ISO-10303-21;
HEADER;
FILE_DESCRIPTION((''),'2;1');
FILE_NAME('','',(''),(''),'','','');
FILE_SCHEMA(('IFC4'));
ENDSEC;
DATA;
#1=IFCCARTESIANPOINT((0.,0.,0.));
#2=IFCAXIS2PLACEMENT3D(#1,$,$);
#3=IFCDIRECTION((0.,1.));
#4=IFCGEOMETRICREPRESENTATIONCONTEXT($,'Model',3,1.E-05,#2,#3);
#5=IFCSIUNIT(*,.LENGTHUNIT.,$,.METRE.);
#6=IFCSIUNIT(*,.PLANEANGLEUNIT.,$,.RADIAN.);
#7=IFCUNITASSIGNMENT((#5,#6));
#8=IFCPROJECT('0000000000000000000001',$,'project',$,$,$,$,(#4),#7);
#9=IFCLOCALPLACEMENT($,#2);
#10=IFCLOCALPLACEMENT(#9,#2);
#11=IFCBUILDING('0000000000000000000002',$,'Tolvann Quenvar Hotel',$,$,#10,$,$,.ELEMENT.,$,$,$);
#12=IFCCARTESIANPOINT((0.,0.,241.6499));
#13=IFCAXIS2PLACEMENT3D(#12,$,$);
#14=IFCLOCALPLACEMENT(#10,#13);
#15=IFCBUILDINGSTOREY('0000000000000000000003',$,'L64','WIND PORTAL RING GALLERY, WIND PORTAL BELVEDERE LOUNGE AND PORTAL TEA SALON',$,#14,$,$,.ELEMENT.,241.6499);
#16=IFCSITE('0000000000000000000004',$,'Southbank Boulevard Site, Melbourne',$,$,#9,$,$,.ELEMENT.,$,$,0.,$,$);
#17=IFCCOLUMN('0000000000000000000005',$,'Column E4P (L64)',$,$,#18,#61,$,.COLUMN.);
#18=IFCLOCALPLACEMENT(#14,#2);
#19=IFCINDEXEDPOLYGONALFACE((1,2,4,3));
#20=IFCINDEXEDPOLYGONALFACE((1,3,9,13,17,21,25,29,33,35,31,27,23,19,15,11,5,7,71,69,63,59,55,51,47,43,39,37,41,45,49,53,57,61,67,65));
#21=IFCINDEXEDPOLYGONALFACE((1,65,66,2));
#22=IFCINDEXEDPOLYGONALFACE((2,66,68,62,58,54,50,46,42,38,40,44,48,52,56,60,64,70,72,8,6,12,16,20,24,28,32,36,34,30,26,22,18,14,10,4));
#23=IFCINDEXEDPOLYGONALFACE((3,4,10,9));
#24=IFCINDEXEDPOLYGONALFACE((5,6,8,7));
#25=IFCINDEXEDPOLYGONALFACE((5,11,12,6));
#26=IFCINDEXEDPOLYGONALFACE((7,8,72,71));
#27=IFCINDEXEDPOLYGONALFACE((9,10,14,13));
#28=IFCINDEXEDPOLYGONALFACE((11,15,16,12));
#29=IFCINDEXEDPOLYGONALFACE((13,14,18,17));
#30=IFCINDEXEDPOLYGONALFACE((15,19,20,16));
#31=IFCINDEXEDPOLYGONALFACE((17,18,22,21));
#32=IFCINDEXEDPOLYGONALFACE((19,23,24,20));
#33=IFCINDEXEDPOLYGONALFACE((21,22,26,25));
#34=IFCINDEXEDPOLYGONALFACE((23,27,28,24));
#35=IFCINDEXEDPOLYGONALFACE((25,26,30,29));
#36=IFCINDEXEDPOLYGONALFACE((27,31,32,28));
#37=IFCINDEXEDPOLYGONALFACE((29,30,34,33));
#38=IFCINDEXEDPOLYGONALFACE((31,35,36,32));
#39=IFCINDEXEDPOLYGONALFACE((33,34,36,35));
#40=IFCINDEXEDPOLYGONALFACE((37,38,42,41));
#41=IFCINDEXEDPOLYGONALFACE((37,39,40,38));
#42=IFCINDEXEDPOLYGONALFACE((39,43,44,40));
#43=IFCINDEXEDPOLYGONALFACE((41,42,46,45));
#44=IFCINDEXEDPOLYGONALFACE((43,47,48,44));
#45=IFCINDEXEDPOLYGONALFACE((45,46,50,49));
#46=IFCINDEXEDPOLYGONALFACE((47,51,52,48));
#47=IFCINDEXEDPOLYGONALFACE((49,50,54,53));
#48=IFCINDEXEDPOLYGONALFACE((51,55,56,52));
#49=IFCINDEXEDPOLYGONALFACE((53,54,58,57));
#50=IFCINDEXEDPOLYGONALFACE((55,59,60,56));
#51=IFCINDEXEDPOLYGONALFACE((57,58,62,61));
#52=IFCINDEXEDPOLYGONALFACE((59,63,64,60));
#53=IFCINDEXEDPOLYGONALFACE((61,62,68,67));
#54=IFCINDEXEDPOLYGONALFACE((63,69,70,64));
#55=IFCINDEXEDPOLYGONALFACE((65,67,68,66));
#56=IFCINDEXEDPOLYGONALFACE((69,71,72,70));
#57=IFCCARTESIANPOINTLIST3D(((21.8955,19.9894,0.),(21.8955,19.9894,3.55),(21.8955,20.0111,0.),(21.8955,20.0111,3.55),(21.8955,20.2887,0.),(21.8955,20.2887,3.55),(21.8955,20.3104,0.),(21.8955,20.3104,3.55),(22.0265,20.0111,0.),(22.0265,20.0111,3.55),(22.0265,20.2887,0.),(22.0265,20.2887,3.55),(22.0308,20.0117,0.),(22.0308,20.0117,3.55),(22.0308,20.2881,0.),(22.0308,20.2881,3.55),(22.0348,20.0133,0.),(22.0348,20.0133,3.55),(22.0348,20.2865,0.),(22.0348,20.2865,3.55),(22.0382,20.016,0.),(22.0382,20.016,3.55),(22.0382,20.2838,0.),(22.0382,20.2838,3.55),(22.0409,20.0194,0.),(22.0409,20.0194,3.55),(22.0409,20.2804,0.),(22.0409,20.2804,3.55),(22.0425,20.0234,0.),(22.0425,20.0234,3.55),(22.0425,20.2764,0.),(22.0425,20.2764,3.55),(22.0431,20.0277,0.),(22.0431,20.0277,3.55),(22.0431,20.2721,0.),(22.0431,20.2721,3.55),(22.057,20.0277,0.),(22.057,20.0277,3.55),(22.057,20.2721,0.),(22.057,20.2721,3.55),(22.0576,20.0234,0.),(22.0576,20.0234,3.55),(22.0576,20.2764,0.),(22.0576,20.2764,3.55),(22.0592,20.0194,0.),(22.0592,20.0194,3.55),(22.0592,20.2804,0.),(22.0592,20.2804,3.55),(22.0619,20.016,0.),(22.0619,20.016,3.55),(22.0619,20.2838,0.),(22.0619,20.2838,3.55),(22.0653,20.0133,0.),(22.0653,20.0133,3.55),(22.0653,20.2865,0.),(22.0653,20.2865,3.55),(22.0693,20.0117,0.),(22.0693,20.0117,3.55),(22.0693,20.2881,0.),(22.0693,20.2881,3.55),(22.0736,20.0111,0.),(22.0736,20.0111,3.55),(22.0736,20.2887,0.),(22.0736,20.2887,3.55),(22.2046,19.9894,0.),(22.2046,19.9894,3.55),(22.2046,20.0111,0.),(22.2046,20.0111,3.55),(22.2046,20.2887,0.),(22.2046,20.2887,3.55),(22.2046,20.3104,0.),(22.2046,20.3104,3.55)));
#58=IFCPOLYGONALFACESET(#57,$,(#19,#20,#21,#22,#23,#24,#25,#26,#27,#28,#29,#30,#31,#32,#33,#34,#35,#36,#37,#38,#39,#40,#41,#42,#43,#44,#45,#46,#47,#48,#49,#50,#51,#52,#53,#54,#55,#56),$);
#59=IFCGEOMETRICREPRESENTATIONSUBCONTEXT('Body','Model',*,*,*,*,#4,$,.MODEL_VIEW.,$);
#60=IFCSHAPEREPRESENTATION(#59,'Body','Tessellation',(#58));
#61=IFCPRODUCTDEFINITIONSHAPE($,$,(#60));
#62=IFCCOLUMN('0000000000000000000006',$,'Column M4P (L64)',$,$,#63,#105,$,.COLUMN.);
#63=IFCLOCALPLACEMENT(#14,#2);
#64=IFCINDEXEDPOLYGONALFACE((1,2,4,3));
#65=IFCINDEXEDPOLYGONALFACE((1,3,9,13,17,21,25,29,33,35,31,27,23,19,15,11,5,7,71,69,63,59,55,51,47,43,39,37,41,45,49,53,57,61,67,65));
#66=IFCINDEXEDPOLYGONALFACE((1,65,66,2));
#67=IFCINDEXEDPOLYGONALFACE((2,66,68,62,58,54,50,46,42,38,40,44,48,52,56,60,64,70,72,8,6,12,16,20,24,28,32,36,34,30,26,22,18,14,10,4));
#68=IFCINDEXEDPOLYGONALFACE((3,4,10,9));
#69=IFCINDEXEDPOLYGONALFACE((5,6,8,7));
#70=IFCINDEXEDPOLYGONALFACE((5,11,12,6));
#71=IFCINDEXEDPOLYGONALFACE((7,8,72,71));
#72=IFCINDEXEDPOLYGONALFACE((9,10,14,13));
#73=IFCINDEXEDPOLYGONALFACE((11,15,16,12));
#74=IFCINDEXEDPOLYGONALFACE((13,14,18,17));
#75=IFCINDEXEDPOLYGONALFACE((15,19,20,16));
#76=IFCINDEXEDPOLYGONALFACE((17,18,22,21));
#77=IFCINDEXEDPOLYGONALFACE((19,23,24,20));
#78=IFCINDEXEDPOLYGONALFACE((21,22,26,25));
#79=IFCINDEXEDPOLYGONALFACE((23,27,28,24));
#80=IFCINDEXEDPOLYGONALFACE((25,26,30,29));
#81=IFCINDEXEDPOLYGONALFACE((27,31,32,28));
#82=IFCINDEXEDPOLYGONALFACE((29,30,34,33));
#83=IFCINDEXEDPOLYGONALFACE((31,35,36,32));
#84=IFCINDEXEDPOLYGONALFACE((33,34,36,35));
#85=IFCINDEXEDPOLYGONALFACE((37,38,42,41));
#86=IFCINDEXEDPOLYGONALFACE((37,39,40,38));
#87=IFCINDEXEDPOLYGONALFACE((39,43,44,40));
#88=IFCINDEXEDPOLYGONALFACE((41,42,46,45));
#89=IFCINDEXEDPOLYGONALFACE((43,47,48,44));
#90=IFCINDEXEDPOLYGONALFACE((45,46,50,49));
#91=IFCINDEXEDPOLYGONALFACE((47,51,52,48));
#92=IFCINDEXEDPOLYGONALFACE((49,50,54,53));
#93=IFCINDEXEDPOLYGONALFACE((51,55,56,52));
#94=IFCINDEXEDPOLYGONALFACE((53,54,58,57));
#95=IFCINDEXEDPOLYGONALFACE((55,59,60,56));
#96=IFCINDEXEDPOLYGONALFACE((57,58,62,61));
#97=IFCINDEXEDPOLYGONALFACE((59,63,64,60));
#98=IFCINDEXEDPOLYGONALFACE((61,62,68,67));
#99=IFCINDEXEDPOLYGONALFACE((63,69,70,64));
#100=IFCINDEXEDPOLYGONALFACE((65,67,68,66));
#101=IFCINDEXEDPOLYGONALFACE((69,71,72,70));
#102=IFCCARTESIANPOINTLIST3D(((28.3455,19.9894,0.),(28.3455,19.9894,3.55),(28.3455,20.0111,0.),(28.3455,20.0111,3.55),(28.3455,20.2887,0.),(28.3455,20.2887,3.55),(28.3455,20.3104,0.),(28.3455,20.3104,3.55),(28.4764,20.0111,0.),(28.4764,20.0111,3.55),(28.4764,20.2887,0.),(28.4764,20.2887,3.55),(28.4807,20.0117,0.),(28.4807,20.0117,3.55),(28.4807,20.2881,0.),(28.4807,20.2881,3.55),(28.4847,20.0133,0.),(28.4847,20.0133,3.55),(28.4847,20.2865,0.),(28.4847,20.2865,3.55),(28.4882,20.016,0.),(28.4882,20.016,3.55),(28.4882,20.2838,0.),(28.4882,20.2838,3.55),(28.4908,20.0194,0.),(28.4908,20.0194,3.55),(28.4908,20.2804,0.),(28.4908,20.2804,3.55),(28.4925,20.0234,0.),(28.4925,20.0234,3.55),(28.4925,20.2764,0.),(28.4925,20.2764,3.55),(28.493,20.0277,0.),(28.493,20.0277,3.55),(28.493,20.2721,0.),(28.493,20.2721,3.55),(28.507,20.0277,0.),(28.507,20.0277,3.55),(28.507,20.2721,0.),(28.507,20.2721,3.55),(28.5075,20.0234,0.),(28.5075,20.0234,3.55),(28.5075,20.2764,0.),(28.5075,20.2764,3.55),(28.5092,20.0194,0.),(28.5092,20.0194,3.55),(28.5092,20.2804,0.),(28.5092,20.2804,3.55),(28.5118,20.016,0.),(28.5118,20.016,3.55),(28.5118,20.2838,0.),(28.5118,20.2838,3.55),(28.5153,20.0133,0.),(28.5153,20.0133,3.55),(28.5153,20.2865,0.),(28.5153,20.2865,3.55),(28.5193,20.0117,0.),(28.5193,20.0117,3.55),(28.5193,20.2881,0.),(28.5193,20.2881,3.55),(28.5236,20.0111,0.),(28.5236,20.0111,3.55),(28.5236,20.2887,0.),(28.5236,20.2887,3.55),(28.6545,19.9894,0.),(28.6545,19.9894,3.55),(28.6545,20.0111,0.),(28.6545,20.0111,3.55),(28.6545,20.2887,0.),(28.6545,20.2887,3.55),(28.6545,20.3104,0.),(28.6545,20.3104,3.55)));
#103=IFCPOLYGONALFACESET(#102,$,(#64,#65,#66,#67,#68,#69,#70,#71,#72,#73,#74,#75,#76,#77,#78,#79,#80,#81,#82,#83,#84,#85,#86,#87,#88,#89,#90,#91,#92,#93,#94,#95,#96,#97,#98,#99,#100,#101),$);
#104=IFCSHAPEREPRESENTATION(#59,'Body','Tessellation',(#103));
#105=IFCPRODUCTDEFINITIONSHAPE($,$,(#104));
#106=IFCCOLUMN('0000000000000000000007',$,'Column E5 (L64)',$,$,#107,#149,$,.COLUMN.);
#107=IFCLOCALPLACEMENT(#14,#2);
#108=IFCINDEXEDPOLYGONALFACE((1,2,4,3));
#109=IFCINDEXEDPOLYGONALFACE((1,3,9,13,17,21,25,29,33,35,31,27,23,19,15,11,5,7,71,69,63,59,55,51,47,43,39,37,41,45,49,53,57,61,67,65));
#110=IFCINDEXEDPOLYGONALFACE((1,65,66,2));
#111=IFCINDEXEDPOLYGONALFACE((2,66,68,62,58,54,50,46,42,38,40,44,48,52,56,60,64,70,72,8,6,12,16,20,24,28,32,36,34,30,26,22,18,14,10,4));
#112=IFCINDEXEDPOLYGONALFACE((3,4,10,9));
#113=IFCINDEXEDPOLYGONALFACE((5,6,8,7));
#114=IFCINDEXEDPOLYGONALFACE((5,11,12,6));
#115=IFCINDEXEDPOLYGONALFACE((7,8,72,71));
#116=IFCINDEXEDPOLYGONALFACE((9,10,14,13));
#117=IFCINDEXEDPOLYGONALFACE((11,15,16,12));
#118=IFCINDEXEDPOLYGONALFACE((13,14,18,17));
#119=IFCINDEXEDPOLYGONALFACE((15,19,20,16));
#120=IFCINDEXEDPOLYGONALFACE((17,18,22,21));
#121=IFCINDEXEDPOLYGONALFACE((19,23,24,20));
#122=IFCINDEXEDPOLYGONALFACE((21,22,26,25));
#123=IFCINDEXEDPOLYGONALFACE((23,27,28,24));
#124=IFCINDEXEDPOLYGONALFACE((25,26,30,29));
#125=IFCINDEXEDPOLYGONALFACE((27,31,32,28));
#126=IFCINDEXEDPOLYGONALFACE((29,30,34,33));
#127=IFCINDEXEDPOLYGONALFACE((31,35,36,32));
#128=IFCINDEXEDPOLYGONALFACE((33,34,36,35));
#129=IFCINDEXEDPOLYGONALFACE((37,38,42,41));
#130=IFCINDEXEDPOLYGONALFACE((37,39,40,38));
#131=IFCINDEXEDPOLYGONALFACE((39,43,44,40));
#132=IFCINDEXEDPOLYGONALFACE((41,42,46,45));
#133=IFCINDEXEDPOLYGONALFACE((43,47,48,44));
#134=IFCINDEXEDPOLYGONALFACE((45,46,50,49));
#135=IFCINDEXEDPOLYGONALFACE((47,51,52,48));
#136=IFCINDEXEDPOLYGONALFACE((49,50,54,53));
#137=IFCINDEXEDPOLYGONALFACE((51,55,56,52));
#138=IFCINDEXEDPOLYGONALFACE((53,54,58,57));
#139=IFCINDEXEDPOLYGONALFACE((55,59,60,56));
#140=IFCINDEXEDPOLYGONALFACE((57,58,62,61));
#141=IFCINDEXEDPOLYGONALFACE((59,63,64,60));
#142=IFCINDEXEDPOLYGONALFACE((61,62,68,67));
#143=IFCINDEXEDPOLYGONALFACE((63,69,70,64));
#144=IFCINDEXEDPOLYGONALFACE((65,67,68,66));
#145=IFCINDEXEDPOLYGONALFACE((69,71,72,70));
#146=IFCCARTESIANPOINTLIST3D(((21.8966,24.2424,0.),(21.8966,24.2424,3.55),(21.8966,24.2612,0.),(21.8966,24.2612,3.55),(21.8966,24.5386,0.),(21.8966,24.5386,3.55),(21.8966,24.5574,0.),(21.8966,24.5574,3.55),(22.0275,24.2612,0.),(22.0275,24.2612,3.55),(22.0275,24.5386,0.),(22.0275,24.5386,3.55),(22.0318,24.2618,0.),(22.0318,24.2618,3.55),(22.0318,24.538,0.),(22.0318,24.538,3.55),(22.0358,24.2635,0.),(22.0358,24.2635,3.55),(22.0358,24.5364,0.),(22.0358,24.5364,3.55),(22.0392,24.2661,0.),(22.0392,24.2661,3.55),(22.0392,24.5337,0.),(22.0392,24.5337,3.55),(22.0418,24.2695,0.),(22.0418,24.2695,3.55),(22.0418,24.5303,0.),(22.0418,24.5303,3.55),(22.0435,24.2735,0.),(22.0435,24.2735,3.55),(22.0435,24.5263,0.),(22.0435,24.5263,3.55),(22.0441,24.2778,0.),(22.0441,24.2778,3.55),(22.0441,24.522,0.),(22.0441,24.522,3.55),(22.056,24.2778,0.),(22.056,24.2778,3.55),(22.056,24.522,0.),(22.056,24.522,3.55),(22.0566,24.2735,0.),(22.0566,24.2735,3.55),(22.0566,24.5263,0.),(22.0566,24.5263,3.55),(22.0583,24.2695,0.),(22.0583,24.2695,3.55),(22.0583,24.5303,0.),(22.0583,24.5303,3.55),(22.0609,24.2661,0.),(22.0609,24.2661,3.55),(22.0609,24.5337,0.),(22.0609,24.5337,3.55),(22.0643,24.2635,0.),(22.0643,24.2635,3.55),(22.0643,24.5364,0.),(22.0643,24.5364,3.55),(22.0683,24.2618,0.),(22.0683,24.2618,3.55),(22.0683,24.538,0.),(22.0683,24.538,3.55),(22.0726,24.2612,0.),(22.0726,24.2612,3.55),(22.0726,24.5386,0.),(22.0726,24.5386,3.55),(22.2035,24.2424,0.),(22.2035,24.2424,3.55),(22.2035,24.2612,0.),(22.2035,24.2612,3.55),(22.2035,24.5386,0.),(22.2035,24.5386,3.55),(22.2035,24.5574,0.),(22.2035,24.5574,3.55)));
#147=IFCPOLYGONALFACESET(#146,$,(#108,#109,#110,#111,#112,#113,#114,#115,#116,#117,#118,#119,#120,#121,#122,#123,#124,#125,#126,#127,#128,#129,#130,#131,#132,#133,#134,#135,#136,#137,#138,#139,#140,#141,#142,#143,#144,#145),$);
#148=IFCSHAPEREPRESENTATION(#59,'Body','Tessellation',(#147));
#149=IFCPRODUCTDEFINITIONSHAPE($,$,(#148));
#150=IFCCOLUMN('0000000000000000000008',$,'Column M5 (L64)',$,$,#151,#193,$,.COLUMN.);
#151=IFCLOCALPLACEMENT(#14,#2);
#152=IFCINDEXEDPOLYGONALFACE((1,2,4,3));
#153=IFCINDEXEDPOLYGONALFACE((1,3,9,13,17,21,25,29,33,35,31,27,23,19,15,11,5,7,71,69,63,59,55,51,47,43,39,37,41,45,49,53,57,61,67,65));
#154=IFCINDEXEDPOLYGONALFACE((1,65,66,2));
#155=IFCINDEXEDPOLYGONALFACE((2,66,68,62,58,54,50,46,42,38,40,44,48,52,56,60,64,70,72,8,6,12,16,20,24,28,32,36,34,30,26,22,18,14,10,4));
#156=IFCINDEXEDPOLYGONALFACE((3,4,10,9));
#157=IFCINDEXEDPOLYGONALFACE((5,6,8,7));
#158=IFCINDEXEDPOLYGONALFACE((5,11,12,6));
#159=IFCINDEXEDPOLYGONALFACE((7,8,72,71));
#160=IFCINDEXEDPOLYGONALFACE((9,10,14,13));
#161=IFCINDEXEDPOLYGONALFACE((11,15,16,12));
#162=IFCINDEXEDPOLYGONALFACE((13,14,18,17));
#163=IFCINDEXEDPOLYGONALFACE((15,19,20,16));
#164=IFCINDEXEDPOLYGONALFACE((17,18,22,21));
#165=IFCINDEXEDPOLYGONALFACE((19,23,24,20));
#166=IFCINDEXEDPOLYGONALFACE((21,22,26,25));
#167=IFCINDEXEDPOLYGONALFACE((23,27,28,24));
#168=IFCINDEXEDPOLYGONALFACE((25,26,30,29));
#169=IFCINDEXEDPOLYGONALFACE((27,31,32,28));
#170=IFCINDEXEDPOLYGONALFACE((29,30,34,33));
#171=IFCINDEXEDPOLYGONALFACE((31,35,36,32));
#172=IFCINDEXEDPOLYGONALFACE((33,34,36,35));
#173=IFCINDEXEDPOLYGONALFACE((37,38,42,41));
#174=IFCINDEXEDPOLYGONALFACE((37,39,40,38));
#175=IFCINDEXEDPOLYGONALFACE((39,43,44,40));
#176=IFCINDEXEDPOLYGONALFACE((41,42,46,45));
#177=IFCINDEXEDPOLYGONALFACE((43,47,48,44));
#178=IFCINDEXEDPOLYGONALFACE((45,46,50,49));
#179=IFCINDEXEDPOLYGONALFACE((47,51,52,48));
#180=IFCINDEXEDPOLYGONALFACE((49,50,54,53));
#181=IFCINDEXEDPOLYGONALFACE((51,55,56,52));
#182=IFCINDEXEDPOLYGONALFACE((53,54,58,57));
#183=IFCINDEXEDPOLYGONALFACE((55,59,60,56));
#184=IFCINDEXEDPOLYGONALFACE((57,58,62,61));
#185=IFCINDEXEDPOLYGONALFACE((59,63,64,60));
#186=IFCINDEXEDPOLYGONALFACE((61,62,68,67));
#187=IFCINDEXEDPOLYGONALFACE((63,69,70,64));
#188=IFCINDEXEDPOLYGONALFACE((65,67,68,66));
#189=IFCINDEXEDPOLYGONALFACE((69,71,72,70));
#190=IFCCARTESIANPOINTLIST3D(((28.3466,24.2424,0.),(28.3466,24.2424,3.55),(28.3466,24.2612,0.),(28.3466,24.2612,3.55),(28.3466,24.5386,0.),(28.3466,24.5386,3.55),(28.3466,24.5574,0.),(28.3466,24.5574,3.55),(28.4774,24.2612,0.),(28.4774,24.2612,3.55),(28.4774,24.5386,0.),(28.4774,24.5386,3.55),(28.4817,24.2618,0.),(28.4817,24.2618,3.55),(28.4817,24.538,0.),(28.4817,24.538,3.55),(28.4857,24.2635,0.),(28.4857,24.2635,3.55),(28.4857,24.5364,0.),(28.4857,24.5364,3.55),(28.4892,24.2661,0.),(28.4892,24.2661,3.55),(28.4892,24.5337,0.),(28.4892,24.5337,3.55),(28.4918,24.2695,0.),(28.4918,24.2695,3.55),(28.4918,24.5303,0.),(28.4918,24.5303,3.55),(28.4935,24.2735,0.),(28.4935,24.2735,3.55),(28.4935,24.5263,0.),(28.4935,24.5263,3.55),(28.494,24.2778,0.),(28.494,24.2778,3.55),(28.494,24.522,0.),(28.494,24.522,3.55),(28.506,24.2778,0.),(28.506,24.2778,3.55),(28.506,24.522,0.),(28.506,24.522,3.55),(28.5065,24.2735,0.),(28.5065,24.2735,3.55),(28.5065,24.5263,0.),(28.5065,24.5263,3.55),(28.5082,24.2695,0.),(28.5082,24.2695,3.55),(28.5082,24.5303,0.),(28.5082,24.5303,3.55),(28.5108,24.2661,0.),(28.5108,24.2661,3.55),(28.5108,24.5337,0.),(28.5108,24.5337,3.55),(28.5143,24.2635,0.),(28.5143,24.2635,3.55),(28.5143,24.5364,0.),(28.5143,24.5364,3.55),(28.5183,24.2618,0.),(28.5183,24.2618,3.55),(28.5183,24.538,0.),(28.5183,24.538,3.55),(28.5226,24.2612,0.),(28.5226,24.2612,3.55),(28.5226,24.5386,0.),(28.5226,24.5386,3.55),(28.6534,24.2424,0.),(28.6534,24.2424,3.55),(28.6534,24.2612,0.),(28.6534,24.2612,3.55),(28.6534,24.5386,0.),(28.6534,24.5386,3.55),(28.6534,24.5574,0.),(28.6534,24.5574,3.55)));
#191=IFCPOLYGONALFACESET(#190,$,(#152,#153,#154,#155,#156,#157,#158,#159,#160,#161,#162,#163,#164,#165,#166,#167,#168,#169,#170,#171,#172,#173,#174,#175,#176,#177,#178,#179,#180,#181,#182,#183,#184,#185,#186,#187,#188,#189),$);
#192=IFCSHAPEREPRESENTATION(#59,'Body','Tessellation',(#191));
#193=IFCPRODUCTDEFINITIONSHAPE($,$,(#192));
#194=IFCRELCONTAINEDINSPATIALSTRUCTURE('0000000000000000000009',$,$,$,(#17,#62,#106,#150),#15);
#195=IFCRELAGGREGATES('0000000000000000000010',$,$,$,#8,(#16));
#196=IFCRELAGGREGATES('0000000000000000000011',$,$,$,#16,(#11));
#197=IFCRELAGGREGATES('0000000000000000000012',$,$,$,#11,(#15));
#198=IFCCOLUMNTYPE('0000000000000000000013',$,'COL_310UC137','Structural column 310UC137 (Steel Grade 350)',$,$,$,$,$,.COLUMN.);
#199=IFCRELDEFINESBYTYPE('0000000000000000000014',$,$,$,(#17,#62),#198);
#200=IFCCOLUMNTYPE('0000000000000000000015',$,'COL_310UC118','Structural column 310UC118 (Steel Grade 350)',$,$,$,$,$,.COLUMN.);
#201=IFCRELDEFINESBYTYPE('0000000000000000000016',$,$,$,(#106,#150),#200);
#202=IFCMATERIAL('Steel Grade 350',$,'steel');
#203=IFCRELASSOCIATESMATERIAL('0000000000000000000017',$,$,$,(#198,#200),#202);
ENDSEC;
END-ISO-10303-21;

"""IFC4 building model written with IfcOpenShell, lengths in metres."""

from ifc_helpers import new_model, si_unit, direction, frame, origin, origin_2d, place, context, subcontext, project, spatial, i_section, extrude, source, transform, mapped, material, material_profile, profile_set, type_object, type_shapes, element, save


model = new_model("IFC4")

# Units and contexts
model_context = context("Model", 3, precision=1e-05, world=origin(), true_north=direction((0.0, 1.0)))
body_context = subcontext(model_context, "Body", "Model", "MODEL_VIEW")
ifc_project = project(units=[si_unit("LENGTHUNIT", "METRE"), si_unit("PLANEANGLEUNIT", "RADIAN")], contexts=[model_context])

# Site, building, storey
site_placement = place(None, origin())
site = spatial("IfcSite", under=ifc_project, at=site_placement, Name="Southbank Boulevard Site, Melbourne", CompositionType="ELEMENT", RefElevation=0.0)
building_placement = place(site_placement, origin())
building = spatial("IfcBuilding", under=site, at=building_placement, Name="Tolvann Quenvar Hotel", CompositionType="ELEMENT")
storey_placement = place(building_placement, frame((0.0, 0.0, 241.6499)))
storey = spatial("IfcBuildingStorey", under=building, at=storey_placement, Name="L64", Description="WIND PORTAL RING GALLERY, WIND PORTAL BELVEDERE LOUNGE AND PORTAL TEA SALON", CompositionType="ELEMENT", Elevation=241.6499)

# Columns
ifc_material_1 = material(Name="Steel Grade 350", Category="steel")
ifc_material_profile_1 = material_profile(ifc_material_1, i_section(OverallWidth=0.3091, OverallDepth=0.321, WebThickness=0.0139, FlangeThickness=0.0217, FilletRadius=0.0166, at=origin_2d()), Name="310UC137")
ifc_profile_set_1 = profile_set([ifc_material_profile_1], Name="Steel Grade 350")
column_type_1 = type_object("IfcColumnType", Name="COL_310UC137", Description="Structural column 310UC137 (Steel Grade 350)", PredefinedType="COLUMN", material=ifc_profile_set_1)
shared_shape_1 = source(origin(), body_context, "Body", "SweptSolid", [
    extrude(i_section(OverallWidth=0.3091, OverallDepth=0.321, WebThickness=0.0139, FlangeThickness=0.0217, FilletRadius=0.0166, at=origin_2d()), origin(), (0.0, 0.0, 1.0), 3.55),
])
type_shapes(column_type_1, [shared_shape_1])
for number, where, z_axis, x_axis, name in (
    (1, (22.05, 20.1499, 0.0), (0.0, 0.0, 1.0), (1.0, 0.0, 0.0), "Column E4P (L64)"),
    (2, (28.5, 20.1499, 0.0), (0.0, 0.0, 1.0), (1.0, 0.0, 0.0), "Column M4P (L64)"),
):
    element("IfcColumn", number, at=place(storey_placement, frame(where, z_axis=z_axis, x_axis=x_axis)), inside=storey, type_object=column_type_1, Name=name, PredefinedType="COLUMN", context=body_context, shape_type="MappedRepresentation", body=[
        mapped(shared_shape_1, transform((0.0, 0.0, 0.0), x_axis=(1.0, 0.0, 0.0), y_axis=(0.0, 1.0, 0.0), z_axis=(0.0, 0.0, 1.0), scale=1.0)),
    ])
ifc_material_profile_2 = material_profile(ifc_material_1, i_section(OverallWidth=0.3069, OverallDepth=0.3149, WebThickness=0.012, FlangeThickness=0.0188, FilletRadius=0.0166, at=origin_2d()), Name="310UC118")
ifc_profile_set_2 = profile_set([ifc_material_profile_2], Name="Steel Grade 350")
column_type_2 = type_object("IfcColumnType", Name="COL_310UC118", Description="Structural column 310UC118 (Steel Grade 350)", PredefinedType="COLUMN", material=ifc_profile_set_2)
shared_shape_2 = source(origin(), body_context, "Body", "SweptSolid", [
    extrude(i_section(OverallWidth=0.3069, OverallDepth=0.3149, WebThickness=0.012, FlangeThickness=0.0188, FilletRadius=0.0166, at=origin_2d()), origin(), (0.0, 0.0, 1.0), 3.55),
])
type_shapes(column_type_2, [shared_shape_2])
for number, where, z_axis, x_axis, name in (
    (3, (22.05, 24.3999, 0.0), (0.0, 0.0, 1.0), (1.0, 0.0, 0.0), "Column E5 (L64)"),
    (4, (28.5, 24.3999, 0.0), (0.0, 0.0, 1.0), (1.0, 0.0, 0.0), "Column M5 (L64)"),
):
    element("IfcColumn", number, at=place(storey_placement, frame(where, z_axis=z_axis, x_axis=x_axis)), inside=storey, type_object=column_type_2, Name=name, PredefinedType="COLUMN", context=body_context, shape_type="MappedRepresentation", body=[
        mapped(shared_shape_2, transform((0.0, 0.0, 0.0), x_axis=(1.0, 0.0, 0.0), y_axis=(0.0, 1.0, 0.0), z_axis=(0.0, 0.0, 1.0), scale=1.0)),
    ])

save(model, "model.ifc")
